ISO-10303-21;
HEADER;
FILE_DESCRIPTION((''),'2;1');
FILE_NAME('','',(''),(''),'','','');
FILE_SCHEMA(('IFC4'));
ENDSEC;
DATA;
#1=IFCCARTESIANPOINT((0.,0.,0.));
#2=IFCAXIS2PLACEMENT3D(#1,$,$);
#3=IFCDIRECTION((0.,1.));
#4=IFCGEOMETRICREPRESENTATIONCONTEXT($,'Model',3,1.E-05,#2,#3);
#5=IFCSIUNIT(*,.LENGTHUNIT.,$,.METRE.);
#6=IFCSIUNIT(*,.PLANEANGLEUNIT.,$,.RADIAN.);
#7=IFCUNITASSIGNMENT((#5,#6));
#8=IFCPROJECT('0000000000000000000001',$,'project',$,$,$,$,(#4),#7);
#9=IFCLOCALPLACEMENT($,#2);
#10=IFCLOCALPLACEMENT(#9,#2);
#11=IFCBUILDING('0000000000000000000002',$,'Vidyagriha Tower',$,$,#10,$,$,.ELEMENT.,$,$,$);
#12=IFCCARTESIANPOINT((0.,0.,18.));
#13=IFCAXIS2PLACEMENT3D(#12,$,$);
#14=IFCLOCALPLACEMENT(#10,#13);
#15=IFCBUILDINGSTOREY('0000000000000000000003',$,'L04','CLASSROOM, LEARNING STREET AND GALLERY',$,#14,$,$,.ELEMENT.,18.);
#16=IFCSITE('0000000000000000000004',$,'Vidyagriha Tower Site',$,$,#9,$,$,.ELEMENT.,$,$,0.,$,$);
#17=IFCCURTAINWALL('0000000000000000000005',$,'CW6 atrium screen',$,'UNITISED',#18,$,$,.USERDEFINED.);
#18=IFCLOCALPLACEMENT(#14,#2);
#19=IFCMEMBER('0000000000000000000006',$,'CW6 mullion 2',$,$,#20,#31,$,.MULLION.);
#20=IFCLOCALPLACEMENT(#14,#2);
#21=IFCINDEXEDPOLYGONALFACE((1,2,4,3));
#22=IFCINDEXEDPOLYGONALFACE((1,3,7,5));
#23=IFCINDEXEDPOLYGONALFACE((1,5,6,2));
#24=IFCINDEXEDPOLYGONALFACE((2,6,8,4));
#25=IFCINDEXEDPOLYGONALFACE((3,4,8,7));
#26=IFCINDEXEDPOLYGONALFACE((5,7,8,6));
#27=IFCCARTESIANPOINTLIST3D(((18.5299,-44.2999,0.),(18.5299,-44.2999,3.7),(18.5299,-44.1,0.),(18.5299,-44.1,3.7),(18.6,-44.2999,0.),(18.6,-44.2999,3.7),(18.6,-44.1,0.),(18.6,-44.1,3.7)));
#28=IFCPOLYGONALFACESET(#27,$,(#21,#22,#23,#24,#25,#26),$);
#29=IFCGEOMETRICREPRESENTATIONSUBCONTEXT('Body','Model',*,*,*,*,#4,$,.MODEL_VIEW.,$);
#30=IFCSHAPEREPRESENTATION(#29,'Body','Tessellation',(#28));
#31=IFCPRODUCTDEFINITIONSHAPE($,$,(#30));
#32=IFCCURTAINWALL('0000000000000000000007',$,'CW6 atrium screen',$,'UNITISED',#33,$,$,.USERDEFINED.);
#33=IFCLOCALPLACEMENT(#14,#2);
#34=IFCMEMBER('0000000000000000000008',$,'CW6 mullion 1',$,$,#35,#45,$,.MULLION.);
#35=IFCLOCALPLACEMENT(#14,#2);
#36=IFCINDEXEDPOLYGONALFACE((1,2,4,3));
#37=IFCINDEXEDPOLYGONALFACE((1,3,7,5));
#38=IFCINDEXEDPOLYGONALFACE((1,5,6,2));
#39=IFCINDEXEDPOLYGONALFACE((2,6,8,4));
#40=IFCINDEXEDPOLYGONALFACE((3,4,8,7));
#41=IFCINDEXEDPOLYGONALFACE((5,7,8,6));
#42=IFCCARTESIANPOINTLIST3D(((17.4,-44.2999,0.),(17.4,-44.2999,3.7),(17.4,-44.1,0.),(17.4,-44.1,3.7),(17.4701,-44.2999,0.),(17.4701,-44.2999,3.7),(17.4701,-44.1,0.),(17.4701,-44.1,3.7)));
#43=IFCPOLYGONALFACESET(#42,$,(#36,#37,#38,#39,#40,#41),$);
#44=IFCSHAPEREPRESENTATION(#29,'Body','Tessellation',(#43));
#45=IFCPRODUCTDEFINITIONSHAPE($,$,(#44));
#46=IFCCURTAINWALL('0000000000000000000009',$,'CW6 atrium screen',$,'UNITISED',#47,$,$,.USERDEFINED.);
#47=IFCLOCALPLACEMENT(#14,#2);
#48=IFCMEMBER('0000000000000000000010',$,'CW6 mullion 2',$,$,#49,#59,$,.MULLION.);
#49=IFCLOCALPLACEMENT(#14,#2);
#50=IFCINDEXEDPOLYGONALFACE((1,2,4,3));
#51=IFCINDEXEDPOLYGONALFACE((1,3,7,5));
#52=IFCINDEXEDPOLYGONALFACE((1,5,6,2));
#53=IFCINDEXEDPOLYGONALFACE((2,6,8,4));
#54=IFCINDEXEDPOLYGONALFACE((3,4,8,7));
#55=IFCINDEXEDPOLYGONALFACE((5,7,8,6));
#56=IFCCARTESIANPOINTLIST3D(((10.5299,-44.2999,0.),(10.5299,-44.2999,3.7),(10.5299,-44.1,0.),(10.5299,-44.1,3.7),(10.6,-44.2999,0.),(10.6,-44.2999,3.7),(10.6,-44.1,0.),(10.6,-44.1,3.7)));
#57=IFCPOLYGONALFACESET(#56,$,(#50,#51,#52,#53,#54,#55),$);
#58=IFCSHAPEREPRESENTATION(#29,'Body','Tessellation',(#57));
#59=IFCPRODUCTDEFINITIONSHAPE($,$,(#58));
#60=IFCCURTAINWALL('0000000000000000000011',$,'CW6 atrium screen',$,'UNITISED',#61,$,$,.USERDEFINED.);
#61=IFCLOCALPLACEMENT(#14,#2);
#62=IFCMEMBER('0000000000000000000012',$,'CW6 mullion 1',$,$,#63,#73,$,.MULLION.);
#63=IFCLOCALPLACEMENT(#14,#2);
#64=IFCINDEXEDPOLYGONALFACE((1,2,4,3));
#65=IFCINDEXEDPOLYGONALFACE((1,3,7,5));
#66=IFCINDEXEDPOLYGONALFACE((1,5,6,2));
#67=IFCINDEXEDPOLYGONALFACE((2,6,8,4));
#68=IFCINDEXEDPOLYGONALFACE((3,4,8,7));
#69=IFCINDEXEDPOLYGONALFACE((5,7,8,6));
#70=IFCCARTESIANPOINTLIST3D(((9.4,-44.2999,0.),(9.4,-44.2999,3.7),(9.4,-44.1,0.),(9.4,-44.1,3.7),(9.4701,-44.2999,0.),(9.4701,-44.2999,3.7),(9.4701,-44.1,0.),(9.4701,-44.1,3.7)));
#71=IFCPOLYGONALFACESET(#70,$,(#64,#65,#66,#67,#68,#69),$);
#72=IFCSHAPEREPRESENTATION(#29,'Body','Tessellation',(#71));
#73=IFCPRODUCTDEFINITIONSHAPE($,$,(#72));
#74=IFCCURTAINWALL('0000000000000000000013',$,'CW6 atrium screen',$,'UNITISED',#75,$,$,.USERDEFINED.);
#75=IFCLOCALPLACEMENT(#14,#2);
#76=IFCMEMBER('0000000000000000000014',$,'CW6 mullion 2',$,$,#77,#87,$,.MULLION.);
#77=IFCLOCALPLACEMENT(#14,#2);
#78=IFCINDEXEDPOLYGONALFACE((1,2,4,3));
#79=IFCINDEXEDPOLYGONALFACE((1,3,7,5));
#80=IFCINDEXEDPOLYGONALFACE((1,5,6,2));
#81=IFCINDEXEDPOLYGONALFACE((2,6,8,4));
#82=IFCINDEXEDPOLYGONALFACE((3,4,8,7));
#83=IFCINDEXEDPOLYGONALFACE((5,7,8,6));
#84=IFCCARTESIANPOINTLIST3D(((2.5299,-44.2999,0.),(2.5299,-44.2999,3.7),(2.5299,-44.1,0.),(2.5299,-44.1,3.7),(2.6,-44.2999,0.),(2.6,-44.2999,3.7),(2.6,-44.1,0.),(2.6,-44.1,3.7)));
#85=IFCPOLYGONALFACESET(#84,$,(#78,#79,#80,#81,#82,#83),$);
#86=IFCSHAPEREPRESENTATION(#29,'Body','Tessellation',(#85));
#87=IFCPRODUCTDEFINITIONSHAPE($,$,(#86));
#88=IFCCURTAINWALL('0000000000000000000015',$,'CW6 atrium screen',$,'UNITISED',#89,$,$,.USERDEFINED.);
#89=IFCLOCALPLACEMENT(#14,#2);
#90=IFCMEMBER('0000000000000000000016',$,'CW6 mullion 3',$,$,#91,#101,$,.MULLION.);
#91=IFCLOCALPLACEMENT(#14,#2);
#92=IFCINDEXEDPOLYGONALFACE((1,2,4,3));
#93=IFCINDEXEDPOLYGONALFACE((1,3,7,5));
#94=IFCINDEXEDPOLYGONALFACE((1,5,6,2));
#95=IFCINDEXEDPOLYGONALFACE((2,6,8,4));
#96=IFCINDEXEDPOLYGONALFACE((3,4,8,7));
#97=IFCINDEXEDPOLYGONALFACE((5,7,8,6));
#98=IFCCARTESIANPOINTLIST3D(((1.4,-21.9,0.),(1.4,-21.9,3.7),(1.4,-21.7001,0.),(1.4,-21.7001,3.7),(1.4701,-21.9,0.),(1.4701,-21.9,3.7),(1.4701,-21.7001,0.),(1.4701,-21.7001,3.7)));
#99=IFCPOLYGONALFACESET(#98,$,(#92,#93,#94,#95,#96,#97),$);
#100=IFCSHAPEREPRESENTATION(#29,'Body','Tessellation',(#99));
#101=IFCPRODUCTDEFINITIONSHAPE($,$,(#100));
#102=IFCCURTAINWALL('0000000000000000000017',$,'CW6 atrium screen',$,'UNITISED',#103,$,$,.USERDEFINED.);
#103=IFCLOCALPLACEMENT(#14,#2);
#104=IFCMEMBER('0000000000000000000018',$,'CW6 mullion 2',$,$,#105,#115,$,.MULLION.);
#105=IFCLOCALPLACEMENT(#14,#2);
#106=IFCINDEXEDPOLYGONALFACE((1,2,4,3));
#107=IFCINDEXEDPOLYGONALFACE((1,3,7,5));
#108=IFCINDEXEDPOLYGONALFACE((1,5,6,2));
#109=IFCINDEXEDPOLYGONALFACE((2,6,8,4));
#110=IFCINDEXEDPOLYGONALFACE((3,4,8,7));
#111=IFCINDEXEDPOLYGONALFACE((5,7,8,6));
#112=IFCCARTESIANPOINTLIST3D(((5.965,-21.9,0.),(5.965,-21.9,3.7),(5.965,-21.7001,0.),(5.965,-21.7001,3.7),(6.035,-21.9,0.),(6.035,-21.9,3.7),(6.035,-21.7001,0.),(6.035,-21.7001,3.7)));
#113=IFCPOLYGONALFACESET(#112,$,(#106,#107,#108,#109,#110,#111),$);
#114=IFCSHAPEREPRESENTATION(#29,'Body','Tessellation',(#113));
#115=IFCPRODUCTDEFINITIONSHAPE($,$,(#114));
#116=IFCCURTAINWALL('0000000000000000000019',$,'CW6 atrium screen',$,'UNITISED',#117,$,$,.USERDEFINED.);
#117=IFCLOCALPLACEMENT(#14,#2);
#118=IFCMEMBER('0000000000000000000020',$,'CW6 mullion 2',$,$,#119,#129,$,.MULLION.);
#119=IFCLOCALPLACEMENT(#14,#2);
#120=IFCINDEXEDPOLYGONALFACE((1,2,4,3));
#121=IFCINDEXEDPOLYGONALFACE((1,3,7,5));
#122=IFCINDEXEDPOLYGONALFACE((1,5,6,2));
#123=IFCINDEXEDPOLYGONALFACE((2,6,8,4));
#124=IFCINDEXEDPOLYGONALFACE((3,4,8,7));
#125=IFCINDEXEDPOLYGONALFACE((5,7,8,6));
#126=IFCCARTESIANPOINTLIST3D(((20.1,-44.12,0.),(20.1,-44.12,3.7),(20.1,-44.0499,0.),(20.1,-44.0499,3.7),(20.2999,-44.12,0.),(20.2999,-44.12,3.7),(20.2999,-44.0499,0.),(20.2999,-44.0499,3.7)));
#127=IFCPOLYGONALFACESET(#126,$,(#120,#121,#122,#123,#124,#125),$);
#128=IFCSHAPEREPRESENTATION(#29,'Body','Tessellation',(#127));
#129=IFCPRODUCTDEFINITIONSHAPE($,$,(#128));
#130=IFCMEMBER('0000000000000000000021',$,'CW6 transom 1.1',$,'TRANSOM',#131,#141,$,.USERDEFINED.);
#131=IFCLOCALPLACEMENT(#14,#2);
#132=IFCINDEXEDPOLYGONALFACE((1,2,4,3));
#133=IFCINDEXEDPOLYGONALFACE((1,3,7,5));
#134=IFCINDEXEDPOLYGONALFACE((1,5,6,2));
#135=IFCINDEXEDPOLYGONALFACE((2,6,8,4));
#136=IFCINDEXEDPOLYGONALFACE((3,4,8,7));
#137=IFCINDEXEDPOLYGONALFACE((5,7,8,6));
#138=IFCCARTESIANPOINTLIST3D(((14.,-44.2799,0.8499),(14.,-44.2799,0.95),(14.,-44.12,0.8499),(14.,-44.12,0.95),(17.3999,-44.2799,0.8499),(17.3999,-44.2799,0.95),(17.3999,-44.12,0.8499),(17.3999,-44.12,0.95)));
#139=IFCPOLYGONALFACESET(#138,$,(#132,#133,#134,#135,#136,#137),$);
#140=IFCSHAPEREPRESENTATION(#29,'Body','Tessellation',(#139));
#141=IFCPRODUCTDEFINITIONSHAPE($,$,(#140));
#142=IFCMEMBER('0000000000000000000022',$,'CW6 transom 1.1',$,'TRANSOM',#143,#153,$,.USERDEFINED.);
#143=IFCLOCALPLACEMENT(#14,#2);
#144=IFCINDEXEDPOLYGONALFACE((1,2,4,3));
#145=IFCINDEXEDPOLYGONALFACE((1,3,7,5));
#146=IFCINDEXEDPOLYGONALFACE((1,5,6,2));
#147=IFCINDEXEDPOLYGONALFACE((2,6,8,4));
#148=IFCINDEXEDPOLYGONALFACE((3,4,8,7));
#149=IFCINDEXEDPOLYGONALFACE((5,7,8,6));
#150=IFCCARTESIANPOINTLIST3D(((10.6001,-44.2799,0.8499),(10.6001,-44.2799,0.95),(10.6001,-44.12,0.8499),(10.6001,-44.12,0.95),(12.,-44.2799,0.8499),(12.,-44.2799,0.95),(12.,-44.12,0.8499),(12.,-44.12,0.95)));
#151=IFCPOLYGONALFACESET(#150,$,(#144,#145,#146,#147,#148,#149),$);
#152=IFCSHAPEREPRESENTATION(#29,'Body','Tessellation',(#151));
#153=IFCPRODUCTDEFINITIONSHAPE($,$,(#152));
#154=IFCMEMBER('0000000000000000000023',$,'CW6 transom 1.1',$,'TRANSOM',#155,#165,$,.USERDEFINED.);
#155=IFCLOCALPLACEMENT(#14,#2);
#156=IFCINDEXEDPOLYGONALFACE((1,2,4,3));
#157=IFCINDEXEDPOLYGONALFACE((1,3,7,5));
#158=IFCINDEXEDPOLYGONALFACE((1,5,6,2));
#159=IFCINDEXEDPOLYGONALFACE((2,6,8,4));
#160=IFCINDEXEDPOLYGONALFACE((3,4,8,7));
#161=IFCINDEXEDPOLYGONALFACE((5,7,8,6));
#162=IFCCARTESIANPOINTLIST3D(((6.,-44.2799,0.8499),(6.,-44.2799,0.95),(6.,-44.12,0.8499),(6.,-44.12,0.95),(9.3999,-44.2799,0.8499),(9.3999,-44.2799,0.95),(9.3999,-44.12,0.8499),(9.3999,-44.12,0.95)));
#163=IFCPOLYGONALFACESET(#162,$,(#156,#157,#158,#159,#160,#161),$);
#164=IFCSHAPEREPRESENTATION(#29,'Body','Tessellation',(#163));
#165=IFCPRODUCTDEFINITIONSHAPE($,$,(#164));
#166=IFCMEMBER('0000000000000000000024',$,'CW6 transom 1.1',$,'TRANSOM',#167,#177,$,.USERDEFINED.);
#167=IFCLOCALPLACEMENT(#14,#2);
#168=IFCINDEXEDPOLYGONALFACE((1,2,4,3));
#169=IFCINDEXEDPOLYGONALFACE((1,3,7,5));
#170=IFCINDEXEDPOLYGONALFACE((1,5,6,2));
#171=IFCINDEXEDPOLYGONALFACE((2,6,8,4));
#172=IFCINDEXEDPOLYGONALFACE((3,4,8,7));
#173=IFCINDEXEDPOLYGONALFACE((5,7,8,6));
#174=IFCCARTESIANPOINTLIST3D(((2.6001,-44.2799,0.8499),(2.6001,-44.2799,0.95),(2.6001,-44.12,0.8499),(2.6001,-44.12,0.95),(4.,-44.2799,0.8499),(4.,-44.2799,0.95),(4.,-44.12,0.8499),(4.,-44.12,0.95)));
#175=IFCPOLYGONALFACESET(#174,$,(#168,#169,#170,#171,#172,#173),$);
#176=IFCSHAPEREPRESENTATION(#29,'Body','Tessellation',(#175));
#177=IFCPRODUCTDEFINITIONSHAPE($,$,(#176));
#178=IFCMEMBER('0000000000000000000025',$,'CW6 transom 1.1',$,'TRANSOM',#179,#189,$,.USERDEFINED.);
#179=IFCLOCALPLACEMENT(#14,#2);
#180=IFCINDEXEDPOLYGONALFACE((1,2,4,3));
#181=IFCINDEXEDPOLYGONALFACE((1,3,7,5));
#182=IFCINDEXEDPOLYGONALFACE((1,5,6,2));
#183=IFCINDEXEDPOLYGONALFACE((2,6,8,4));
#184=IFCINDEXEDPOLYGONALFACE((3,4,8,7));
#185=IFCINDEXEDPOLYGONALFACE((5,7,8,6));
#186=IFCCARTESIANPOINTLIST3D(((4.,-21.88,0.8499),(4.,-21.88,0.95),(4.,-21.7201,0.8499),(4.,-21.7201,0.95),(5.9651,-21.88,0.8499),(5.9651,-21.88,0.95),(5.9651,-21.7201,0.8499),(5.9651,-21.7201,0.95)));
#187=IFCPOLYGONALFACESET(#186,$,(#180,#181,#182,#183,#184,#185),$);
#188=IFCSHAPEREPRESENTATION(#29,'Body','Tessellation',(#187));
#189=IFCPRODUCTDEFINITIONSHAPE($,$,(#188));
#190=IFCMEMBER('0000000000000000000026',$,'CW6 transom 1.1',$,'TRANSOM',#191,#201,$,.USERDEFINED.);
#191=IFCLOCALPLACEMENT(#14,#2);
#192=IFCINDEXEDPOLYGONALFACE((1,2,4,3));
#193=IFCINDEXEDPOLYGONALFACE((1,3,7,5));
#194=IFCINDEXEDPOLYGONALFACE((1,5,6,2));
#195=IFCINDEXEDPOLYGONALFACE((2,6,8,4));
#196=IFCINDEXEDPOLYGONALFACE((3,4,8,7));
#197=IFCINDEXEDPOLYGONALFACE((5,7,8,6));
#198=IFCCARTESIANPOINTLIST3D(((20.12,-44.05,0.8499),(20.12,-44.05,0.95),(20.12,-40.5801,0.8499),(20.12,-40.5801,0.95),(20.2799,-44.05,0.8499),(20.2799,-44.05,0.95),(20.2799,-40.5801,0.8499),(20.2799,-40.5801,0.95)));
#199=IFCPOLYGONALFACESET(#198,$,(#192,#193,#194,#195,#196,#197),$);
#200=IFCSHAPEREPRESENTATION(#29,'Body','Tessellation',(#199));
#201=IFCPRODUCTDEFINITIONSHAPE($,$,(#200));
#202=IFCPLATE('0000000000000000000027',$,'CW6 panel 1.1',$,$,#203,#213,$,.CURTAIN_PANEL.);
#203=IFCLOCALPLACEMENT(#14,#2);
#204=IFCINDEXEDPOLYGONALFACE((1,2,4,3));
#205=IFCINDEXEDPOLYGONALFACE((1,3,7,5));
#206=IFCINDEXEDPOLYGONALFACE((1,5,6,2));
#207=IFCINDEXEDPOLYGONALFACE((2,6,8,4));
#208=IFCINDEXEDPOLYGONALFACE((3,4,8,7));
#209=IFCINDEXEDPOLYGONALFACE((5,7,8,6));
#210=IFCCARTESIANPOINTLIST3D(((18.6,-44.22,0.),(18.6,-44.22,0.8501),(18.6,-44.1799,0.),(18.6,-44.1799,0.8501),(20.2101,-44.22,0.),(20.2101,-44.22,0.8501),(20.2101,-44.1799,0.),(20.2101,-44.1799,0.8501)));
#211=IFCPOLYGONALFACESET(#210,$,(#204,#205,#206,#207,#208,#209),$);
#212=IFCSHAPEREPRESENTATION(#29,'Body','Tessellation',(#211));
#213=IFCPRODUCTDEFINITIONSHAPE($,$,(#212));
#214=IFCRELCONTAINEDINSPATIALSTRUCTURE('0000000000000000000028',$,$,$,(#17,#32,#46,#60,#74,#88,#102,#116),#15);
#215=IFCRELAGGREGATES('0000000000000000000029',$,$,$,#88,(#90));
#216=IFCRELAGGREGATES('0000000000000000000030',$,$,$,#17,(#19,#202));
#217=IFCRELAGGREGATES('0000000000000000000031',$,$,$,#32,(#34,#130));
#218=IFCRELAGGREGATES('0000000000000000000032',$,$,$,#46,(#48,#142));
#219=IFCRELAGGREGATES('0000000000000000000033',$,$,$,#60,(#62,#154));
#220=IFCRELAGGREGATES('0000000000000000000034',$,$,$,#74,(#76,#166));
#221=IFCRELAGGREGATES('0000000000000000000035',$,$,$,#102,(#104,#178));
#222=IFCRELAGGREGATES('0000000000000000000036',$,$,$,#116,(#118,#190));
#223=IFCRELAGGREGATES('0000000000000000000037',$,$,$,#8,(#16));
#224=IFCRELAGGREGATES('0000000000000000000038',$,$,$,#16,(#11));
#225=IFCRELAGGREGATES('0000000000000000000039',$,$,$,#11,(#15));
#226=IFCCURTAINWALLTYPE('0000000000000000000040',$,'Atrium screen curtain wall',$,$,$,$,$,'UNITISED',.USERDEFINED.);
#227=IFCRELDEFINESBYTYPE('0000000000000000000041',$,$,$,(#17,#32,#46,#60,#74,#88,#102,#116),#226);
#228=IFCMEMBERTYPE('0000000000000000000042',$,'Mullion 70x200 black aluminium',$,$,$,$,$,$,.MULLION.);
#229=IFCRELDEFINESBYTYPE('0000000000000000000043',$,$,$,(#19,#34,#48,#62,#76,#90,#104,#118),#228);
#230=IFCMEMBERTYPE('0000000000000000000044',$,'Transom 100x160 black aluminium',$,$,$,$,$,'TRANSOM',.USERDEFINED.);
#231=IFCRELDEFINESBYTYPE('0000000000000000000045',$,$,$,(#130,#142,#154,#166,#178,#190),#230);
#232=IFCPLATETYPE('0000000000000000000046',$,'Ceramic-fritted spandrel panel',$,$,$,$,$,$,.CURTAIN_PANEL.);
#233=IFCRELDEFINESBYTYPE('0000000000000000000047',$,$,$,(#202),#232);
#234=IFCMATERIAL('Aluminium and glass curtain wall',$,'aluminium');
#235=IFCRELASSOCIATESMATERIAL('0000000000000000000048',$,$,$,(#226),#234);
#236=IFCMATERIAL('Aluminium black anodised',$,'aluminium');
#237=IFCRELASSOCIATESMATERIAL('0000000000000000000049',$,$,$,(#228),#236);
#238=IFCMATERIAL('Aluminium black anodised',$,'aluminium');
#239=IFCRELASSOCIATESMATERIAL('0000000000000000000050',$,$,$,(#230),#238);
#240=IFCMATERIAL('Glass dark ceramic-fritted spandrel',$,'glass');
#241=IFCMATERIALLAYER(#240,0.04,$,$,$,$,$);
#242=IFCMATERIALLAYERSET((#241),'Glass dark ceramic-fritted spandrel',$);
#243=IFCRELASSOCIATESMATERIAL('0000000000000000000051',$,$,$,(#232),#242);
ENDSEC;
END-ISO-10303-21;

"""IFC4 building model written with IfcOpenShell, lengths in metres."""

from ifc_helpers import new_model, si_unit, direction, frame, origin, origin_2d, place, context, subcontext, project, spatial, rectangle, extrude, material, layer, layer_set, material_profile, profile_set, type_object, element, aggregate, save


model = new_model("IFC4")

# Units and contexts
model_context = context("Model", 3, precision=1e-05, world=origin(), true_north=direction((0.0, 1.0)))
body_context = subcontext(model_context, "Body", "Model", "MODEL_VIEW")
ifc_project = project(units=[si_unit("LENGTHUNIT", "METRE"), si_unit("PLANEANGLEUNIT", "RADIAN")], contexts=[model_context])

# Site, building, storey
site_placement = place(None, origin())
site = spatial("IfcSite", under=ifc_project, at=site_placement, Name="Vidyagriha Tower Site", CompositionType="ELEMENT", RefElevation=0.0)
building_placement = place(site_placement, origin())
building = spatial("IfcBuilding", under=site, at=building_placement, Name="Vidyagriha Tower", CompositionType="ELEMENT")
storey_placement = place(building_placement, frame((0.0, 0.0, 18.0)))
storey = spatial("IfcBuildingStorey", under=building, at=storey_placement, Name="L04", Description="CLASSROOM, LEARNING STREET AND GALLERY", CompositionType="ELEMENT", Elevation=18.0)

# Curtain walls, members
ifc_material_1 = material(Name="Aluminium and glass curtain wall", Category="aluminium")
curtain_wall_type = type_object("IfcCurtainWallType", Name="Atrium screen curtain wall", ElementType="UNITISED", PredefinedType="USERDEFINED", material=ifc_material_1)
curtain_wall_1_placement = place(storey_placement, origin())
curtain_wall_1 = element("IfcCurtainWall", 1, at=curtain_wall_1_placement, inside=storey, type_object=curtain_wall_type, Name="CW6 atrium screen", ObjectType="UNITISED", PredefinedType="USERDEFINED")
ifc_material_2 = material(Name="Aluminium black anodised", Category="aluminium")
ifc_material_profile_1 = material_profile(ifc_material_2, rectangle(XDim=0.2, YDim=0.0701, at=origin_2d()), Name="Mullion 70x200 black aluminium")
ifc_profile_set_1 = profile_set([ifc_material_profile_1], Name="Aluminium black anodised")
member_type_1 = type_object("IfcMemberType", Name="Mullion 70x200 black aluminium", PredefinedType="MULLION", material=ifc_profile_set_1)
member_1_placement = place(storey_placement, frame((18.5649, -44.2, 0.0), z_axis=(0.0, 0.0, 1.0), x_axis=(0.0, -1.0, 0.0)))
member_1 = element("IfcMember", 2, at=member_1_placement, type_object=member_type_1, Name="CW6 mullion 2", PredefinedType="MULLION", context=body_context, shape_type="SweptSolid", body=[
    extrude(rectangle(XDim=0.2, YDim=0.0701, at=origin_2d()), origin(), (0.0, 0.0, 1.0), 3.7),
])
curtain_wall_2_placement = place(storey_placement, origin())
curtain_wall_2 = element("IfcCurtainWall", 3, at=curtain_wall_2_placement, inside=storey, type_object=curtain_wall_type, Name="CW6 atrium screen", ObjectType="UNITISED", PredefinedType="USERDEFINED")
member_2_placement = place(storey_placement, frame((17.4351, -44.2, 0.0), z_axis=(0.0, 0.0, 1.0), x_axis=(0.0, -1.0, 0.0)))
member_2 = element("IfcMember", 4, at=member_2_placement, type_object=member_type_1, Name="CW6 mullion 1", PredefinedType="MULLION", context=body_context, shape_type="SweptSolid", body=[
    extrude(rectangle(XDim=0.2, YDim=0.0701, at=origin_2d()), origin(), (0.0, 0.0, 1.0), 3.7),
])
curtain_wall_3_placement = place(storey_placement, origin())
curtain_wall_3 = element("IfcCurtainWall", 5, at=curtain_wall_3_placement, inside=storey, type_object=curtain_wall_type, Name="CW6 atrium screen", ObjectType="UNITISED", PredefinedType="USERDEFINED")
member_3_placement = place(storey_placement, frame((10.5649, -44.2, 0.0), z_axis=(0.0, 0.0, 1.0), x_axis=(0.0, -1.0, 0.0)))
member_3 = element("IfcMember", 6, at=member_3_placement, type_object=member_type_1, Name="CW6 mullion 2", PredefinedType="MULLION", context=body_context, shape_type="SweptSolid", body=[
    extrude(rectangle(XDim=0.2, YDim=0.0701, at=origin_2d()), origin(), (0.0, 0.0, 1.0), 3.7),
])
curtain_wall_4_placement = place(storey_placement, origin())
curtain_wall_4 = element("IfcCurtainWall", 7, at=curtain_wall_4_placement, inside=storey, type_object=curtain_wall_type, Name="CW6 atrium screen", ObjectType="UNITISED", PredefinedType="USERDEFINED")
member_4_placement = place(storey_placement, frame((9.4351, -44.2, 0.0), z_axis=(0.0, 0.0, 1.0), x_axis=(0.0, -1.0, 0.0)))
member_4 = element("IfcMember", 8, at=member_4_placement, type_object=member_type_1, Name="CW6 mullion 1", PredefinedType="MULLION", context=body_context, shape_type="SweptSolid", body=[
    extrude(rectangle(XDim=0.2, YDim=0.0701, at=origin_2d()), origin(), (0.0, 0.0, 1.0), 3.7),
])
curtain_wall_5_placement = place(storey_placement, origin())
curtain_wall_5 = element("IfcCurtainWall", 9, at=curtain_wall_5_placement, inside=storey, type_object=curtain_wall_type, Name="CW6 atrium screen", ObjectType="UNITISED", PredefinedType="USERDEFINED")
member_5_placement = place(storey_placement, frame((2.5649, -44.2, 0.0), z_axis=(0.0, 0.0, 1.0), x_axis=(0.0, -1.0, 0.0)))
member_5 = element("IfcMember", 10, at=member_5_placement, type_object=member_type_1, Name="CW6 mullion 2", PredefinedType="MULLION", context=body_context, shape_type="SweptSolid", body=[
    extrude(rectangle(XDim=0.2, YDim=0.0701, at=origin_2d()), origin(), (0.0, 0.0, 1.0), 3.7),
])
curtain_wall_6_placement = place(storey_placement, origin())
curtain_wall_6 = element("IfcCurtainWall", 11, at=curtain_wall_6_placement, inside=storey, type_object=curtain_wall_type, Name="CW6 atrium screen", ObjectType="UNITISED", PredefinedType="USERDEFINED")
member_6_placement = place(storey_placement, frame((1.4351, -21.8, 0.0), z_axis=(0.0, 0.0, 1.0), x_axis=(0.0, 1.0, 0.0)))
member_6 = element("IfcMember", 12, at=member_6_placement, type_object=member_type_1, Name="CW6 mullion 3", PredefinedType="MULLION", context=body_context, shape_type="SweptSolid", body=[
    extrude(rectangle(XDim=0.2, YDim=0.0701, at=origin_2d()), origin(), (0.0, 0.0, 1.0), 3.7),
])
aggregate(curtain_wall_6, [member_6])
curtain_wall_7_placement = place(storey_placement, origin())
curtain_wall_7 = element("IfcCurtainWall", 13, at=curtain_wall_7_placement, inside=storey, type_object=curtain_wall_type, Name="CW6 atrium screen", ObjectType="UNITISED", PredefinedType="USERDEFINED")
member_7_placement = place(storey_placement, frame((6.0, -21.8, 0.0), z_axis=(0.0, 0.0, 1.0), x_axis=(0.0, 1.0, 0.0)))
member_7 = element("IfcMember", 14, at=member_7_placement, type_object=member_type_1, Name="CW6 mullion 2", PredefinedType="MULLION", context=body_context, shape_type="SweptSolid", body=[
    extrude(rectangle(XDim=0.2, YDim=0.0701, at=origin_2d()), origin(), (0.0, 0.0, 1.0), 3.7),
])
curtain_wall_8_placement = place(storey_placement, origin())
curtain_wall_8 = element("IfcCurtainWall", 15, at=curtain_wall_8_placement, inside=storey, type_object=curtain_wall_type, Name="CW6 atrium screen", ObjectType="UNITISED", PredefinedType="USERDEFINED")
member_8_placement = place(storey_placement, frame((20.2, -44.085, 0.0)))
member_8 = element("IfcMember", 16, at=member_8_placement, type_object=member_type_1, Name="CW6 mullion 2", PredefinedType="MULLION", context=body_context, shape_type="SweptSolid", body=[
    extrude(rectangle(XDim=0.2, YDim=0.0701, at=origin_2d()), origin(), (0.0, 0.0, 1.0), 3.7),
])

# Members
ifc_material_3 = material(Name="Aluminium black anodised", Category="aluminium")
ifc_material_profile_2 = material_profile(ifc_material_3, rectangle(XDim=0.1599, YDim=0.1001, at=origin_2d()), Name="Transom 100x160 black aluminium")
ifc_profile_set_2 = profile_set([ifc_material_profile_2], Name="Aluminium black anodised")
member_type_2 = type_object("IfcMemberType", Name="Transom 100x160 black aluminium", ElementType="TRANSOM", PredefinedType="USERDEFINED", material=ifc_profile_set_2)
member_9_placement = place(storey_placement, frame((17.3999, -44.2, 0.8999), z_axis=(-1.0, 0.0, 0.0), x_axis=(0.0, -1.0, 0.0)))
member_9 = element("IfcMember", 17, at=member_9_placement, type_object=member_type_2, Name="CW6 transom 1.1", ObjectType="TRANSOM", PredefinedType="USERDEFINED", context=body_context, shape_type="SweptSolid", body=[
    extrude(rectangle(XDim=0.1599, YDim=0.1001, at=origin_2d()), origin(), (0.0, 0.0, 1.0), 3.3999),
])
member_10_placement = place(storey_placement, frame((12.0, -44.2, 0.8999), z_axis=(-1.0, 0.0, 0.0), x_axis=(0.0, -1.0, 0.0)))
member_10 = element("IfcMember", 18, at=member_10_placement, type_object=member_type_2, Name="CW6 transom 1.1", ObjectType="TRANSOM", PredefinedType="USERDEFINED", context=body_context, shape_type="SweptSolid", body=[
    extrude(rectangle(XDim=0.1599, YDim=0.1001, at=origin_2d()), origin(), (0.0, 0.0, 1.0), 1.3999),
])
member_11_placement = place(storey_placement, frame((9.3999, -44.2, 0.8999), z_axis=(-1.0, 0.0, 0.0), x_axis=(0.0, -1.0, 0.0)))
member_11 = element("IfcMember", 19, at=member_11_placement, type_object=member_type_2, Name="CW6 transom 1.1", ObjectType="TRANSOM", PredefinedType="USERDEFINED", context=body_context, shape_type="SweptSolid", body=[
    extrude(rectangle(XDim=0.1599, YDim=0.1001, at=origin_2d()), origin(), (0.0, 0.0, 1.0), 3.3999),
])
member_12_placement = place(storey_placement, frame((4.0, -44.2, 0.8999), z_axis=(-1.0, 0.0, 0.0), x_axis=(0.0, -1.0, 0.0)))
member_12 = element("IfcMember", 20, at=member_12_placement, type_object=member_type_2, Name="CW6 transom 1.1", ObjectType="TRANSOM", PredefinedType="USERDEFINED", context=body_context, shape_type="SweptSolid", body=[
    extrude(rectangle(XDim=0.1599, YDim=0.1001, at=origin_2d()), origin(), (0.0, 0.0, 1.0), 1.3999),
])
member_13_placement = place(storey_placement, frame((4.0, -21.8, 0.8999), z_axis=(1.0, 0.0, 0.0), x_axis=(0.0, 1.0, 0.0)))
member_13 = element("IfcMember", 21, at=member_13_placement, type_object=member_type_2, Name="CW6 transom 1.1", ObjectType="TRANSOM", PredefinedType="USERDEFINED", context=body_context, shape_type="SweptSolid", body=[
    extrude(rectangle(XDim=0.1599, YDim=0.1001, at=origin_2d()), origin(), (0.0, 0.0, 1.0), 1.9651),
])
member_14_placement = place(storey_placement, frame((20.2, -40.5801, 0.8999), z_axis=(0.0, -1.0, 0.0), x_axis=(1.0, 0.0, 0.0)))
member_14 = element("IfcMember", 22, at=member_14_placement, type_object=member_type_2, Name="CW6 transom 1.1", ObjectType="TRANSOM", PredefinedType="USERDEFINED", context=body_context, shape_type="SweptSolid", body=[
    extrude(rectangle(XDim=0.1599, YDim=0.1001, at=origin_2d()), origin(), (0.0, 0.0, 1.0), 3.47),
])

# Plate
ifc_material_4 = material(Name="Glass dark ceramic-fritted spandrel", Category="glass")
ifc_layer_1 = layer(ifc_material_4, 0.04)
ifc_layer_set_1 = layer_set([ifc_layer_1], Name="Glass dark ceramic-fritted spandrel")
plate_type_1 = type_object("IfcPlateType", Name="Ceramic-fritted spandrel panel", PredefinedType="CURTAIN_PANEL", material=ifc_layer_set_1)
plate_1_placement = place(storey_placement, frame((19.405, -44.2, 0.0), z_axis=(0.0, 0.0, 1.0), x_axis=(-1.0, 0.0, 0.0)))
plate_1 = element("IfcPlate", 23, at=plate_1_placement, type_object=plate_type_1, Name="CW6 panel 1.1", PredefinedType="CURTAIN_PANEL", context=body_context, shape_type="SweptSolid", body=[
    extrude(rectangle(XDim=1.6101, YDim=0.04, at=origin_2d()), origin(), (0.0, 0.0, 1.0), 0.8501),
])
aggregate(curtain_wall_1, [member_1, plate_1])
aggregate(curtain_wall_2, [member_2, member_9])
aggregate(curtain_wall_3, [member_3, member_10])
aggregate(curtain_wall_4, [member_4, member_11])
aggregate(curtain_wall_5, [member_5, member_12])
aggregate(curtain_wall_7, [member_7, member_13])
aggregate(curtain_wall_8, [member_8, member_14])

save(model, "model.ifc")
